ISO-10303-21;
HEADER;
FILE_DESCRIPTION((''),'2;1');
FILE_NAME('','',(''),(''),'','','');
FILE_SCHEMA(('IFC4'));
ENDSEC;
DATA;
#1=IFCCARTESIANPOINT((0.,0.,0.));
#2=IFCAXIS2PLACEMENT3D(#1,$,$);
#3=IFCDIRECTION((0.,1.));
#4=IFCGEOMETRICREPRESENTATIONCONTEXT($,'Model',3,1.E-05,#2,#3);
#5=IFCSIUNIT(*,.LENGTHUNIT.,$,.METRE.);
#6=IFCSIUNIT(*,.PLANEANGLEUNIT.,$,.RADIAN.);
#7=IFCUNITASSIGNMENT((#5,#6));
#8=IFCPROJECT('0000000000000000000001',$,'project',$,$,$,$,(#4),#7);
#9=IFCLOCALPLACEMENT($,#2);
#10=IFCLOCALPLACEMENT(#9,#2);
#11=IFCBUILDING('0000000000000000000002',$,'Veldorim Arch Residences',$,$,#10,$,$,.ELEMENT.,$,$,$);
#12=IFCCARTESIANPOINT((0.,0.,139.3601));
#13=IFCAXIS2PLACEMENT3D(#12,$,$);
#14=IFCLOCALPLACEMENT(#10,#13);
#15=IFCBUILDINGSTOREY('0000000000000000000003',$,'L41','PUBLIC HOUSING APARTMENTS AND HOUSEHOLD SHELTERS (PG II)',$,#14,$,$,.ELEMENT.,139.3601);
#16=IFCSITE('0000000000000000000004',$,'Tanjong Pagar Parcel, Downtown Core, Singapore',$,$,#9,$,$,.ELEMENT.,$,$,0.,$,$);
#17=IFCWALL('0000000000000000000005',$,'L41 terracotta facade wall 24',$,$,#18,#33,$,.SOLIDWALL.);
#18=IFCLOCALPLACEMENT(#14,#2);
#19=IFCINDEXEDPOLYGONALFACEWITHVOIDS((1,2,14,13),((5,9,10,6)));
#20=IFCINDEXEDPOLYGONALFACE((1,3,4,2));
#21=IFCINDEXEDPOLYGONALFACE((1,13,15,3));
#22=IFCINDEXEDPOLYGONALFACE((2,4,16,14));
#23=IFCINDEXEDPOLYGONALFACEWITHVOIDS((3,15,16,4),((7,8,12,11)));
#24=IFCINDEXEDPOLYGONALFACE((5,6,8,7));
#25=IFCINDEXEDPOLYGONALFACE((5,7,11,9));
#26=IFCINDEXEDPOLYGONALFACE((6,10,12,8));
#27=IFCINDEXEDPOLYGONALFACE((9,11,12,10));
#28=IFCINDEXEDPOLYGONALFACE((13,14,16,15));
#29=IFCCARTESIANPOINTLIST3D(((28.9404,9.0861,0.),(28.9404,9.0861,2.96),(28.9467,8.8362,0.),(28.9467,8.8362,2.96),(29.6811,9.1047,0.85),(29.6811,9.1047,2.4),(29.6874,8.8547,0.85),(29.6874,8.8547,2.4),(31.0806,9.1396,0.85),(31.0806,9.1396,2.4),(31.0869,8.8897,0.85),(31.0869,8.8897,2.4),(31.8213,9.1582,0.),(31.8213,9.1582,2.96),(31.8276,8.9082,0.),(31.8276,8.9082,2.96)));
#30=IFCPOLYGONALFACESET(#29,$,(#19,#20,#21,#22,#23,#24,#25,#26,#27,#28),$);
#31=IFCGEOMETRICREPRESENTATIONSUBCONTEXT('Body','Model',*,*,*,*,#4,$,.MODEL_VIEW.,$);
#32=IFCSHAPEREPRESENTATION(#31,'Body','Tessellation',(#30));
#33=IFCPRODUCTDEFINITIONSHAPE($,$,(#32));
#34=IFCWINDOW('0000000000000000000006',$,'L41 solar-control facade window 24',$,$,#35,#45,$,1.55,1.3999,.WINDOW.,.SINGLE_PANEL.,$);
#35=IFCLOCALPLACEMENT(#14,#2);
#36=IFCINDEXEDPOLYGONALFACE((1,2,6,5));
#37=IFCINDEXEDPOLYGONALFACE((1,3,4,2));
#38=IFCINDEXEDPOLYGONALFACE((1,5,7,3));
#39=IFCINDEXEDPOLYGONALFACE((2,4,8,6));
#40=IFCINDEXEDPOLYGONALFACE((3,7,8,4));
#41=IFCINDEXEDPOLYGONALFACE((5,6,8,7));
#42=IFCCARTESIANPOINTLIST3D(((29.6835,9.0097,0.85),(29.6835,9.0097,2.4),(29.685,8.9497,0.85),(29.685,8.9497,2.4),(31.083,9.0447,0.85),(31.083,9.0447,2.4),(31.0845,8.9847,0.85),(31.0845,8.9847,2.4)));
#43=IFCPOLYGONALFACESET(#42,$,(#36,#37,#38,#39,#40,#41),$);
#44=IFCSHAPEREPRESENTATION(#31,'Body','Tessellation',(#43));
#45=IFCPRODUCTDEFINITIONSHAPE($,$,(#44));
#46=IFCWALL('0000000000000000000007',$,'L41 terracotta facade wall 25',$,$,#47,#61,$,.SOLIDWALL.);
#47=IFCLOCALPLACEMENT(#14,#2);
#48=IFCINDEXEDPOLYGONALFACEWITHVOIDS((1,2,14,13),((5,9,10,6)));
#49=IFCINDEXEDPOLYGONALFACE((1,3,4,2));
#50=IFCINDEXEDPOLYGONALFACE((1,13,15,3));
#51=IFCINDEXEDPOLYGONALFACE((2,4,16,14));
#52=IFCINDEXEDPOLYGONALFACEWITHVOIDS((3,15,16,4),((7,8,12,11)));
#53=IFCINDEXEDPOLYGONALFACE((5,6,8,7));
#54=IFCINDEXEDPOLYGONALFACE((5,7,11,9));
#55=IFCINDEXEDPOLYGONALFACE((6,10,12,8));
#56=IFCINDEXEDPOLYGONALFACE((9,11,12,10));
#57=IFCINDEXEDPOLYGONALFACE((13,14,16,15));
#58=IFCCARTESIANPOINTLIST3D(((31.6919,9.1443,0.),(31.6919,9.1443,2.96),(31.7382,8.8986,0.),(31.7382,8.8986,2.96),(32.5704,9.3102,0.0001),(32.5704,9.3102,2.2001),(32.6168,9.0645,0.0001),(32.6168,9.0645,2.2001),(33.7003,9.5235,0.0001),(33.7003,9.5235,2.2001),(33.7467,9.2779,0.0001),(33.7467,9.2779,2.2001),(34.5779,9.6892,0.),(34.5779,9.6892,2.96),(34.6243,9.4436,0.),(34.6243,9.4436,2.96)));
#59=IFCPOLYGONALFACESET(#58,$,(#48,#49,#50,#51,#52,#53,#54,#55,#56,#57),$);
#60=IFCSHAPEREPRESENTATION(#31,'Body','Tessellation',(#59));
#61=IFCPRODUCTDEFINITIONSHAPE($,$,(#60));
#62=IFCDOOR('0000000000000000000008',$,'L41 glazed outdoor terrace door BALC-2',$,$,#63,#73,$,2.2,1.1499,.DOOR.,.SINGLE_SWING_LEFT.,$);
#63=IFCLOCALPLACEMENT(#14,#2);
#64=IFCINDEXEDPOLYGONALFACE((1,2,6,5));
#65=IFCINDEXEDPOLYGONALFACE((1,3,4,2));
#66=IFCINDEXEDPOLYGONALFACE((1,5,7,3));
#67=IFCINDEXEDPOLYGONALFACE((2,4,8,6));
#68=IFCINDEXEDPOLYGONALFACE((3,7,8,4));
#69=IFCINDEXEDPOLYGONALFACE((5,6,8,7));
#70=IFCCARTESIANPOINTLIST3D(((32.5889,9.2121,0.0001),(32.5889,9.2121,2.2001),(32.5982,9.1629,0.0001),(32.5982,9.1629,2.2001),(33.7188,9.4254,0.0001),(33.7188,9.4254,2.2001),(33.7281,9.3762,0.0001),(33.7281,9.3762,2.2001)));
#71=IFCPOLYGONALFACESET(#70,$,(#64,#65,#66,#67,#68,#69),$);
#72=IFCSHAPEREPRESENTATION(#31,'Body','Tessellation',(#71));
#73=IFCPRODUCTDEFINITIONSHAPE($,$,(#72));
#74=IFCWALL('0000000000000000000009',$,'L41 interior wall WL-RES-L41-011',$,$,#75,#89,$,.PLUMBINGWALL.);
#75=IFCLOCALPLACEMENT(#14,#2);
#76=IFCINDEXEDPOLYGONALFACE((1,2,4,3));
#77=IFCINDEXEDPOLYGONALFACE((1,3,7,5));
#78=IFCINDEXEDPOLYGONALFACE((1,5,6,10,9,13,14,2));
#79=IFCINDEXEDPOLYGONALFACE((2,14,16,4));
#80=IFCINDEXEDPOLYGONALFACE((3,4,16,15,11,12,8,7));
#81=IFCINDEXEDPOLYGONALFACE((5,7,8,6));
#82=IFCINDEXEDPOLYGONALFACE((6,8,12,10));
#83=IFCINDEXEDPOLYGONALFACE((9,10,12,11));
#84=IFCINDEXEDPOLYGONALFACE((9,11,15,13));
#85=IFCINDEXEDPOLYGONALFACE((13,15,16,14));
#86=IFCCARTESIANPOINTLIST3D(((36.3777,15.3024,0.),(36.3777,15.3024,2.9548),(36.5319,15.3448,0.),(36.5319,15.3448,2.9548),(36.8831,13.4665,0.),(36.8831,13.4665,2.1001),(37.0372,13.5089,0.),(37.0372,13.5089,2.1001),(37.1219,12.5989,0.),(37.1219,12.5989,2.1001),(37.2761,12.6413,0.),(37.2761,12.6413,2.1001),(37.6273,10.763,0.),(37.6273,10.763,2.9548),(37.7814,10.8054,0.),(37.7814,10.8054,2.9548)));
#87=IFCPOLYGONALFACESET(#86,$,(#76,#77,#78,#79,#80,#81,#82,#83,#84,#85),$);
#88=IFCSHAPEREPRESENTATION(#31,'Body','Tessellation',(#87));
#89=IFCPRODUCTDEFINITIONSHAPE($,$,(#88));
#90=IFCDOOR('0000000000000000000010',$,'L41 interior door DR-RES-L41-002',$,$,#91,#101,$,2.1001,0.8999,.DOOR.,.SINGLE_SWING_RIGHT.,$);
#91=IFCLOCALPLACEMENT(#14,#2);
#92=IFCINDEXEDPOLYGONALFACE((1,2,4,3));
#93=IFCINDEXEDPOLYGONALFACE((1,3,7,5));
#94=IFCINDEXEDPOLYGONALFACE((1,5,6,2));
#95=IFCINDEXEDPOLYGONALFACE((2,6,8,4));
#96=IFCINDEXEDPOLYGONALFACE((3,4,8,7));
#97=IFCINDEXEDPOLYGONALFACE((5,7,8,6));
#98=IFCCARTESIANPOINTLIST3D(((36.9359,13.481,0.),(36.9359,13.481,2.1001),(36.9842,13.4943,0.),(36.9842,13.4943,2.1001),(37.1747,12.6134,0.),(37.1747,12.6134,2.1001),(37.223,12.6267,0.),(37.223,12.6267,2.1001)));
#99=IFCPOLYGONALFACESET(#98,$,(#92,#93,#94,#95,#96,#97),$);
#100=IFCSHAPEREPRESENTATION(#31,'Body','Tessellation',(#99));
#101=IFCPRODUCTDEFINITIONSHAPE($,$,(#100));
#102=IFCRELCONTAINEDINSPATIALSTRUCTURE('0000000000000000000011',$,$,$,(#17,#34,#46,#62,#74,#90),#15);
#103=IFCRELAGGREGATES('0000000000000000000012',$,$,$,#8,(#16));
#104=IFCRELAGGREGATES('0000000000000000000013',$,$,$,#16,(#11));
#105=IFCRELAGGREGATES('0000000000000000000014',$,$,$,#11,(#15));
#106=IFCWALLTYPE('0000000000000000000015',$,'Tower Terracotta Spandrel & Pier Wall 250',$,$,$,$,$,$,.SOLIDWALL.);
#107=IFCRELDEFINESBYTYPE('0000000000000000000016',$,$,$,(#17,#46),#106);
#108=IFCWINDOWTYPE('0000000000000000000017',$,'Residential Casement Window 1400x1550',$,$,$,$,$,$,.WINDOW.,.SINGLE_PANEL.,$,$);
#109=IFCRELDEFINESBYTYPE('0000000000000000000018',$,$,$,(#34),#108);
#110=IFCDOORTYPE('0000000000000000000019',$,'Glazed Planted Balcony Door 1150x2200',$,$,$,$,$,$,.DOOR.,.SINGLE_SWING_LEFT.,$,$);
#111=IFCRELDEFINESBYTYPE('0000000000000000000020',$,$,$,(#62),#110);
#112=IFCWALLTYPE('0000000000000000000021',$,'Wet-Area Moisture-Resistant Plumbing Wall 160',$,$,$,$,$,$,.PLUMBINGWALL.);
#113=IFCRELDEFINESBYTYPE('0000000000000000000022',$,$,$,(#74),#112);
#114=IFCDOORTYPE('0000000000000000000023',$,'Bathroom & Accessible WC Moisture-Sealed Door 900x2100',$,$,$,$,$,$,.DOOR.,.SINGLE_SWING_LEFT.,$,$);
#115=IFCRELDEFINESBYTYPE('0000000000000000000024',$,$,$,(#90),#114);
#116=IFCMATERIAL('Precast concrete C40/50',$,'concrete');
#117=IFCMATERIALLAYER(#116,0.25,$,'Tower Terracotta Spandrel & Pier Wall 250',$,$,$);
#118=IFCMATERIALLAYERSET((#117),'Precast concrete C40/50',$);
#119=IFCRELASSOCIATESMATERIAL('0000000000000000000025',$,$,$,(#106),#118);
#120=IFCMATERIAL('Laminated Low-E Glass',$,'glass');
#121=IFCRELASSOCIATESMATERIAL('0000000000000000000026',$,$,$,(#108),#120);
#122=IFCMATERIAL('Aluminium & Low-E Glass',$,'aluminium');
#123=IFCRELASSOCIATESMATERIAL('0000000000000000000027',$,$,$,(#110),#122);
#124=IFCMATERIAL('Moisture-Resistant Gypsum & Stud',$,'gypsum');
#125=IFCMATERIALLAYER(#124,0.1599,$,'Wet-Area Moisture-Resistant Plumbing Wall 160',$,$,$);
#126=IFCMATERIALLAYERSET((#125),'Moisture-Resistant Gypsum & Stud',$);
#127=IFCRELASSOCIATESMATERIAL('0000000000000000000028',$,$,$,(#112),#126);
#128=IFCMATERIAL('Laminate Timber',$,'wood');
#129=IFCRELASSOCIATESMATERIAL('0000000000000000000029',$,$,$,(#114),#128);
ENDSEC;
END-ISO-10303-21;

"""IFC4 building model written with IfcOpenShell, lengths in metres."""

from ifc_helpers import new_model, si_unit, direction, frame, frame_2d, origin, place, context, subcontext, project, spatial, rectangle, extrude, material, layer, layer_set, type_object, element, fill, save


model = new_model("IFC4")

# Units and contexts
model_context = context("Model", 3, precision=1e-05, world=origin(), true_north=direction((0.0, 1.0)))
body_context = subcontext(model_context, "Body", "Model", "MODEL_VIEW")
ifc_project = project(units=[si_unit("LENGTHUNIT", "METRE"), si_unit("PLANEANGLEUNIT", "RADIAN")], contexts=[model_context])

# Site, building, storey
site_placement = place(None, origin())
site = spatial("IfcSite", under=ifc_project, at=site_placement, Name="Tanjong Pagar Parcel, Downtown Core, Singapore", CompositionType="ELEMENT", RefElevation=0.0)
building_placement = place(site_placement, origin())
building = spatial("IfcBuilding", under=site, at=building_placement, Name="Veldorim Arch Residences", CompositionType="ELEMENT")
storey_placement = place(building_placement, frame((0.0, 0.0, 139.3601)))
storey = spatial("IfcBuildingStorey", under=building, at=storey_placement, Name="L41", Description="PUBLIC HOUSING APARTMENTS AND HOUSEHOLD SHELTERS (PG II)", CompositionType="ELEMENT", Elevation=139.3601)

# Wall, opening, window
ifc_material_1 = material(Name="Precast concrete C40/50", Category="concrete")
ifc_layer_1 = layer(ifc_material_1, 0.25, Name="Tower Terracotta Spandrel & Pier Wall 250")
ifc_layer_set_1 = layer_set([ifc_layer_1], Name="Precast concrete C40/50")
wall_type_1 = type_object("IfcWallType", Name="Tower Terracotta Spandrel & Pier Wall 250", PredefinedType="SOLIDWALL", material=ifc_layer_set_1)
wall_1_placement = place(storey_placement, frame((31.8245, 9.0332, 0.0), z_axis=(0.0, 0.0, 1.0), x_axis=(-0.999688, -0.024992, 0.0)))
wall_1 = element("IfcWall", 1, at=wall_1_placement, inside=storey, type_object=wall_type_1, Name="L41 terracotta facade wall 24", PredefinedType="SOLIDWALL", context=body_context, shape_type="SweptSolid", body=[
    extrude(rectangle(XDim=2.8818, YDim=0.25, at=frame_2d((1.4409, 0.0))), origin(), (0.0, 0.0, 1.0), 2.96),
])
opening_1_placement = place(wall_1_placement, frame((0.741, 0.0, 0.8501)))
opening_1 = element("IfcOpeningElement", 2, at=opening_1_placement, cuts=wall_1, PredefinedType="OPENING", context=body_context, shape_type="SweptSolid", body=[
    extrude(rectangle(XDim=1.3999, YDim=1.55, at=frame_2d((0.7, 0.7749))), frame((0.0, 0.135, 0.0), z_axis=(0.0, -1.0, 0.0), x_axis=(1.0, 0.0, 0.0)), (0.0, 0.0, 1.0), 0.27),
])
ifc_material_2 = material(Name="Laminated Low-E Glass", Category="glass")
window_type = type_object("IfcWindowType", Name="Residential Casement Window 1400x1550", PartitioningType="SINGLE_PANEL", PredefinedType="WINDOW", material=ifc_material_2)
window_placement = place(opening_1_placement, origin())
window = element("IfcWindow", 3, at=window_placement, inside=storey, type_object=window_type, Name="L41 solar-control facade window 24", OverallHeight=1.55, OverallWidth=1.3999, PartitioningType="SINGLE_PANEL", PredefinedType="WINDOW", context=body_context, shape_type="SweptSolid", body=[
    extrude(rectangle(XDim=1.3999, YDim=1.55, at=frame_2d((0.7, 0.7749))), frame((0.0, 0.03, 0.0), z_axis=(0.0, -1.0, 0.0), x_axis=(1.0, 0.0, 0.0)), (0.0, 0.0, 1.0), 0.0601),
])
fill(opening_1, window)

# Walls, openings, doors
wall_2_placement = place(storey_placement, frame((34.6011, 9.5664, 0.0), z_axis=(0.0, 0.0, 1.0), x_axis=(-0.982637, -0.185538, 0.0)))
wall_2 = element("IfcWall", 4, at=wall_2_placement, inside=storey, type_object=wall_type_1, Name="L41 terracotta facade wall 25", PredefinedType="SOLIDWALL", context=body_context, shape_type="SweptSolid", body=[
    extrude(rectangle(XDim=2.937, YDim=0.25, at=frame_2d((1.4685, 0.0))), origin(), (0.0, 0.0, 1.0), 2.96),
])
opening_2_placement = place(wall_2_placement, frame((0.8931, 0.0, 0.0)))
opening_2 = element("IfcOpeningElement", 5, at=opening_2_placement, cuts=wall_2, PredefinedType="OPENING", context=body_context, shape_type="SweptSolid", body=[
    extrude(rectangle(XDim=1.1499, YDim=2.2, at=frame_2d((0.575, 1.1001))), frame((0.0, 0.135, 0.0), z_axis=(0.0, -1.0, 0.0), x_axis=(1.0, 0.0, 0.0)), (0.0, 0.0, 1.0), 0.27),
])
ifc_material_3 = material(Name="Aluminium & Low-E Glass", Category="aluminium")
door_type_1 = type_object("IfcDoorType", Name="Glazed Planted Balcony Door 1150x2200", OperationType="SINGLE_SWING_LEFT", PredefinedType="DOOR", material=ifc_material_3)
door_1_placement = place(opening_2_placement, origin())
door_1 = element("IfcDoor", 6, at=door_1_placement, inside=storey, type_object=door_type_1, Name="L41 glazed outdoor terrace door BALC-2", OperationType="SINGLE_SWING_LEFT", OverallHeight=2.2, OverallWidth=1.1499, PredefinedType="DOOR", context=body_context, shape_type="SweptSolid", body=[
    extrude(rectangle(XDim=1.1499, YDim=2.2, at=frame_2d((0.575, 1.1001))), frame((0.0, 0.0249, 0.0), z_axis=(0.0, -1.0, 0.0), x_axis=(1.0, 0.0, 0.0)), (0.0, 0.0, 1.0), 0.05),
])
fill(opening_2, door_1)
ifc_material_4 = material(Name="Moisture-Resistant Gypsum & Stud", Category="gypsum")
ifc_layer_2 = layer(ifc_material_4, 0.1599, Name="Wet-Area Moisture-Resistant Plumbing Wall 160")
ifc_layer_set_2 = layer_set([ifc_layer_2], Name="Moisture-Resistant Gypsum & Stud")
wall_type_2 = type_object("IfcWallType", Name="Wet-Area Moisture-Resistant Plumbing Wall 160", PredefinedType="PLUMBINGWALL", material=ifc_layer_set_2)
wall_3_placement = place(storey_placement, frame((36.4548, 15.3235, 0.0), z_axis=(0.0, 0.0, 1.0), x_axis=(0.265394, -0.96414, 0.0)))
wall_3 = element("IfcWall", 7, at=wall_3_placement, inside=storey, type_object=wall_type_2, Name="L41 interior wall WL-RES-L41-011", PredefinedType="PLUMBINGWALL", context=body_context, shape_type="SweptSolid", body=[
    extrude(rectangle(XDim=4.7083, YDim=0.1599, at=frame_2d((2.354, 0.0))), origin(), (0.0, 0.0, 1.0), 2.9548),
])
opening_3_placement = place(wall_3_placement, frame((1.9041, 0.0, 0.0)))
opening_3 = element("IfcOpeningElement", 8, at=opening_3_placement, cuts=wall_3, PredefinedType="OPENING", context=body_context, shape_type="SweptSolid", body=[
    extrude(rectangle(XDim=0.8999, YDim=2.1001, at=frame_2d((0.45, 1.05))), frame((0.0, 0.0898, 0.0), z_axis=(0.0, -1.0, 0.0), x_axis=(1.0, 0.0, 0.0)), (0.0, 0.0, 1.0), 0.1799),
])
ifc_material_5 = material(Name="Laminate Timber", Category="wood")
door_type_2 = type_object("IfcDoorType", Name="Bathroom & Accessible WC Moisture-Sealed Door 900x2100", OperationType="SINGLE_SWING_LEFT", PredefinedType="DOOR", material=ifc_material_5)
door_2_placement = place(opening_3_placement, origin())
door_2 = element("IfcDoor", 9, at=door_2_placement, inside=storey, type_object=door_type_2, Name="L41 interior door DR-RES-L41-002", OperationType="SINGLE_SWING_RIGHT", OverallHeight=2.1001, OverallWidth=0.8999, PredefinedType="DOOR", context=body_context, shape_type="SweptSolid", body=[
    extrude(rectangle(XDim=0.8999, YDim=2.1001, at=frame_2d((0.45, 1.05))), frame((0.0, 0.0249, 0.0), z_axis=(0.0, -1.0, 0.0), x_axis=(1.0, 0.0, 0.0)), (0.0, 0.0, 1.0), 0.05),
])
fill(opening_3, door_2)

save(model, "model.ifc")
